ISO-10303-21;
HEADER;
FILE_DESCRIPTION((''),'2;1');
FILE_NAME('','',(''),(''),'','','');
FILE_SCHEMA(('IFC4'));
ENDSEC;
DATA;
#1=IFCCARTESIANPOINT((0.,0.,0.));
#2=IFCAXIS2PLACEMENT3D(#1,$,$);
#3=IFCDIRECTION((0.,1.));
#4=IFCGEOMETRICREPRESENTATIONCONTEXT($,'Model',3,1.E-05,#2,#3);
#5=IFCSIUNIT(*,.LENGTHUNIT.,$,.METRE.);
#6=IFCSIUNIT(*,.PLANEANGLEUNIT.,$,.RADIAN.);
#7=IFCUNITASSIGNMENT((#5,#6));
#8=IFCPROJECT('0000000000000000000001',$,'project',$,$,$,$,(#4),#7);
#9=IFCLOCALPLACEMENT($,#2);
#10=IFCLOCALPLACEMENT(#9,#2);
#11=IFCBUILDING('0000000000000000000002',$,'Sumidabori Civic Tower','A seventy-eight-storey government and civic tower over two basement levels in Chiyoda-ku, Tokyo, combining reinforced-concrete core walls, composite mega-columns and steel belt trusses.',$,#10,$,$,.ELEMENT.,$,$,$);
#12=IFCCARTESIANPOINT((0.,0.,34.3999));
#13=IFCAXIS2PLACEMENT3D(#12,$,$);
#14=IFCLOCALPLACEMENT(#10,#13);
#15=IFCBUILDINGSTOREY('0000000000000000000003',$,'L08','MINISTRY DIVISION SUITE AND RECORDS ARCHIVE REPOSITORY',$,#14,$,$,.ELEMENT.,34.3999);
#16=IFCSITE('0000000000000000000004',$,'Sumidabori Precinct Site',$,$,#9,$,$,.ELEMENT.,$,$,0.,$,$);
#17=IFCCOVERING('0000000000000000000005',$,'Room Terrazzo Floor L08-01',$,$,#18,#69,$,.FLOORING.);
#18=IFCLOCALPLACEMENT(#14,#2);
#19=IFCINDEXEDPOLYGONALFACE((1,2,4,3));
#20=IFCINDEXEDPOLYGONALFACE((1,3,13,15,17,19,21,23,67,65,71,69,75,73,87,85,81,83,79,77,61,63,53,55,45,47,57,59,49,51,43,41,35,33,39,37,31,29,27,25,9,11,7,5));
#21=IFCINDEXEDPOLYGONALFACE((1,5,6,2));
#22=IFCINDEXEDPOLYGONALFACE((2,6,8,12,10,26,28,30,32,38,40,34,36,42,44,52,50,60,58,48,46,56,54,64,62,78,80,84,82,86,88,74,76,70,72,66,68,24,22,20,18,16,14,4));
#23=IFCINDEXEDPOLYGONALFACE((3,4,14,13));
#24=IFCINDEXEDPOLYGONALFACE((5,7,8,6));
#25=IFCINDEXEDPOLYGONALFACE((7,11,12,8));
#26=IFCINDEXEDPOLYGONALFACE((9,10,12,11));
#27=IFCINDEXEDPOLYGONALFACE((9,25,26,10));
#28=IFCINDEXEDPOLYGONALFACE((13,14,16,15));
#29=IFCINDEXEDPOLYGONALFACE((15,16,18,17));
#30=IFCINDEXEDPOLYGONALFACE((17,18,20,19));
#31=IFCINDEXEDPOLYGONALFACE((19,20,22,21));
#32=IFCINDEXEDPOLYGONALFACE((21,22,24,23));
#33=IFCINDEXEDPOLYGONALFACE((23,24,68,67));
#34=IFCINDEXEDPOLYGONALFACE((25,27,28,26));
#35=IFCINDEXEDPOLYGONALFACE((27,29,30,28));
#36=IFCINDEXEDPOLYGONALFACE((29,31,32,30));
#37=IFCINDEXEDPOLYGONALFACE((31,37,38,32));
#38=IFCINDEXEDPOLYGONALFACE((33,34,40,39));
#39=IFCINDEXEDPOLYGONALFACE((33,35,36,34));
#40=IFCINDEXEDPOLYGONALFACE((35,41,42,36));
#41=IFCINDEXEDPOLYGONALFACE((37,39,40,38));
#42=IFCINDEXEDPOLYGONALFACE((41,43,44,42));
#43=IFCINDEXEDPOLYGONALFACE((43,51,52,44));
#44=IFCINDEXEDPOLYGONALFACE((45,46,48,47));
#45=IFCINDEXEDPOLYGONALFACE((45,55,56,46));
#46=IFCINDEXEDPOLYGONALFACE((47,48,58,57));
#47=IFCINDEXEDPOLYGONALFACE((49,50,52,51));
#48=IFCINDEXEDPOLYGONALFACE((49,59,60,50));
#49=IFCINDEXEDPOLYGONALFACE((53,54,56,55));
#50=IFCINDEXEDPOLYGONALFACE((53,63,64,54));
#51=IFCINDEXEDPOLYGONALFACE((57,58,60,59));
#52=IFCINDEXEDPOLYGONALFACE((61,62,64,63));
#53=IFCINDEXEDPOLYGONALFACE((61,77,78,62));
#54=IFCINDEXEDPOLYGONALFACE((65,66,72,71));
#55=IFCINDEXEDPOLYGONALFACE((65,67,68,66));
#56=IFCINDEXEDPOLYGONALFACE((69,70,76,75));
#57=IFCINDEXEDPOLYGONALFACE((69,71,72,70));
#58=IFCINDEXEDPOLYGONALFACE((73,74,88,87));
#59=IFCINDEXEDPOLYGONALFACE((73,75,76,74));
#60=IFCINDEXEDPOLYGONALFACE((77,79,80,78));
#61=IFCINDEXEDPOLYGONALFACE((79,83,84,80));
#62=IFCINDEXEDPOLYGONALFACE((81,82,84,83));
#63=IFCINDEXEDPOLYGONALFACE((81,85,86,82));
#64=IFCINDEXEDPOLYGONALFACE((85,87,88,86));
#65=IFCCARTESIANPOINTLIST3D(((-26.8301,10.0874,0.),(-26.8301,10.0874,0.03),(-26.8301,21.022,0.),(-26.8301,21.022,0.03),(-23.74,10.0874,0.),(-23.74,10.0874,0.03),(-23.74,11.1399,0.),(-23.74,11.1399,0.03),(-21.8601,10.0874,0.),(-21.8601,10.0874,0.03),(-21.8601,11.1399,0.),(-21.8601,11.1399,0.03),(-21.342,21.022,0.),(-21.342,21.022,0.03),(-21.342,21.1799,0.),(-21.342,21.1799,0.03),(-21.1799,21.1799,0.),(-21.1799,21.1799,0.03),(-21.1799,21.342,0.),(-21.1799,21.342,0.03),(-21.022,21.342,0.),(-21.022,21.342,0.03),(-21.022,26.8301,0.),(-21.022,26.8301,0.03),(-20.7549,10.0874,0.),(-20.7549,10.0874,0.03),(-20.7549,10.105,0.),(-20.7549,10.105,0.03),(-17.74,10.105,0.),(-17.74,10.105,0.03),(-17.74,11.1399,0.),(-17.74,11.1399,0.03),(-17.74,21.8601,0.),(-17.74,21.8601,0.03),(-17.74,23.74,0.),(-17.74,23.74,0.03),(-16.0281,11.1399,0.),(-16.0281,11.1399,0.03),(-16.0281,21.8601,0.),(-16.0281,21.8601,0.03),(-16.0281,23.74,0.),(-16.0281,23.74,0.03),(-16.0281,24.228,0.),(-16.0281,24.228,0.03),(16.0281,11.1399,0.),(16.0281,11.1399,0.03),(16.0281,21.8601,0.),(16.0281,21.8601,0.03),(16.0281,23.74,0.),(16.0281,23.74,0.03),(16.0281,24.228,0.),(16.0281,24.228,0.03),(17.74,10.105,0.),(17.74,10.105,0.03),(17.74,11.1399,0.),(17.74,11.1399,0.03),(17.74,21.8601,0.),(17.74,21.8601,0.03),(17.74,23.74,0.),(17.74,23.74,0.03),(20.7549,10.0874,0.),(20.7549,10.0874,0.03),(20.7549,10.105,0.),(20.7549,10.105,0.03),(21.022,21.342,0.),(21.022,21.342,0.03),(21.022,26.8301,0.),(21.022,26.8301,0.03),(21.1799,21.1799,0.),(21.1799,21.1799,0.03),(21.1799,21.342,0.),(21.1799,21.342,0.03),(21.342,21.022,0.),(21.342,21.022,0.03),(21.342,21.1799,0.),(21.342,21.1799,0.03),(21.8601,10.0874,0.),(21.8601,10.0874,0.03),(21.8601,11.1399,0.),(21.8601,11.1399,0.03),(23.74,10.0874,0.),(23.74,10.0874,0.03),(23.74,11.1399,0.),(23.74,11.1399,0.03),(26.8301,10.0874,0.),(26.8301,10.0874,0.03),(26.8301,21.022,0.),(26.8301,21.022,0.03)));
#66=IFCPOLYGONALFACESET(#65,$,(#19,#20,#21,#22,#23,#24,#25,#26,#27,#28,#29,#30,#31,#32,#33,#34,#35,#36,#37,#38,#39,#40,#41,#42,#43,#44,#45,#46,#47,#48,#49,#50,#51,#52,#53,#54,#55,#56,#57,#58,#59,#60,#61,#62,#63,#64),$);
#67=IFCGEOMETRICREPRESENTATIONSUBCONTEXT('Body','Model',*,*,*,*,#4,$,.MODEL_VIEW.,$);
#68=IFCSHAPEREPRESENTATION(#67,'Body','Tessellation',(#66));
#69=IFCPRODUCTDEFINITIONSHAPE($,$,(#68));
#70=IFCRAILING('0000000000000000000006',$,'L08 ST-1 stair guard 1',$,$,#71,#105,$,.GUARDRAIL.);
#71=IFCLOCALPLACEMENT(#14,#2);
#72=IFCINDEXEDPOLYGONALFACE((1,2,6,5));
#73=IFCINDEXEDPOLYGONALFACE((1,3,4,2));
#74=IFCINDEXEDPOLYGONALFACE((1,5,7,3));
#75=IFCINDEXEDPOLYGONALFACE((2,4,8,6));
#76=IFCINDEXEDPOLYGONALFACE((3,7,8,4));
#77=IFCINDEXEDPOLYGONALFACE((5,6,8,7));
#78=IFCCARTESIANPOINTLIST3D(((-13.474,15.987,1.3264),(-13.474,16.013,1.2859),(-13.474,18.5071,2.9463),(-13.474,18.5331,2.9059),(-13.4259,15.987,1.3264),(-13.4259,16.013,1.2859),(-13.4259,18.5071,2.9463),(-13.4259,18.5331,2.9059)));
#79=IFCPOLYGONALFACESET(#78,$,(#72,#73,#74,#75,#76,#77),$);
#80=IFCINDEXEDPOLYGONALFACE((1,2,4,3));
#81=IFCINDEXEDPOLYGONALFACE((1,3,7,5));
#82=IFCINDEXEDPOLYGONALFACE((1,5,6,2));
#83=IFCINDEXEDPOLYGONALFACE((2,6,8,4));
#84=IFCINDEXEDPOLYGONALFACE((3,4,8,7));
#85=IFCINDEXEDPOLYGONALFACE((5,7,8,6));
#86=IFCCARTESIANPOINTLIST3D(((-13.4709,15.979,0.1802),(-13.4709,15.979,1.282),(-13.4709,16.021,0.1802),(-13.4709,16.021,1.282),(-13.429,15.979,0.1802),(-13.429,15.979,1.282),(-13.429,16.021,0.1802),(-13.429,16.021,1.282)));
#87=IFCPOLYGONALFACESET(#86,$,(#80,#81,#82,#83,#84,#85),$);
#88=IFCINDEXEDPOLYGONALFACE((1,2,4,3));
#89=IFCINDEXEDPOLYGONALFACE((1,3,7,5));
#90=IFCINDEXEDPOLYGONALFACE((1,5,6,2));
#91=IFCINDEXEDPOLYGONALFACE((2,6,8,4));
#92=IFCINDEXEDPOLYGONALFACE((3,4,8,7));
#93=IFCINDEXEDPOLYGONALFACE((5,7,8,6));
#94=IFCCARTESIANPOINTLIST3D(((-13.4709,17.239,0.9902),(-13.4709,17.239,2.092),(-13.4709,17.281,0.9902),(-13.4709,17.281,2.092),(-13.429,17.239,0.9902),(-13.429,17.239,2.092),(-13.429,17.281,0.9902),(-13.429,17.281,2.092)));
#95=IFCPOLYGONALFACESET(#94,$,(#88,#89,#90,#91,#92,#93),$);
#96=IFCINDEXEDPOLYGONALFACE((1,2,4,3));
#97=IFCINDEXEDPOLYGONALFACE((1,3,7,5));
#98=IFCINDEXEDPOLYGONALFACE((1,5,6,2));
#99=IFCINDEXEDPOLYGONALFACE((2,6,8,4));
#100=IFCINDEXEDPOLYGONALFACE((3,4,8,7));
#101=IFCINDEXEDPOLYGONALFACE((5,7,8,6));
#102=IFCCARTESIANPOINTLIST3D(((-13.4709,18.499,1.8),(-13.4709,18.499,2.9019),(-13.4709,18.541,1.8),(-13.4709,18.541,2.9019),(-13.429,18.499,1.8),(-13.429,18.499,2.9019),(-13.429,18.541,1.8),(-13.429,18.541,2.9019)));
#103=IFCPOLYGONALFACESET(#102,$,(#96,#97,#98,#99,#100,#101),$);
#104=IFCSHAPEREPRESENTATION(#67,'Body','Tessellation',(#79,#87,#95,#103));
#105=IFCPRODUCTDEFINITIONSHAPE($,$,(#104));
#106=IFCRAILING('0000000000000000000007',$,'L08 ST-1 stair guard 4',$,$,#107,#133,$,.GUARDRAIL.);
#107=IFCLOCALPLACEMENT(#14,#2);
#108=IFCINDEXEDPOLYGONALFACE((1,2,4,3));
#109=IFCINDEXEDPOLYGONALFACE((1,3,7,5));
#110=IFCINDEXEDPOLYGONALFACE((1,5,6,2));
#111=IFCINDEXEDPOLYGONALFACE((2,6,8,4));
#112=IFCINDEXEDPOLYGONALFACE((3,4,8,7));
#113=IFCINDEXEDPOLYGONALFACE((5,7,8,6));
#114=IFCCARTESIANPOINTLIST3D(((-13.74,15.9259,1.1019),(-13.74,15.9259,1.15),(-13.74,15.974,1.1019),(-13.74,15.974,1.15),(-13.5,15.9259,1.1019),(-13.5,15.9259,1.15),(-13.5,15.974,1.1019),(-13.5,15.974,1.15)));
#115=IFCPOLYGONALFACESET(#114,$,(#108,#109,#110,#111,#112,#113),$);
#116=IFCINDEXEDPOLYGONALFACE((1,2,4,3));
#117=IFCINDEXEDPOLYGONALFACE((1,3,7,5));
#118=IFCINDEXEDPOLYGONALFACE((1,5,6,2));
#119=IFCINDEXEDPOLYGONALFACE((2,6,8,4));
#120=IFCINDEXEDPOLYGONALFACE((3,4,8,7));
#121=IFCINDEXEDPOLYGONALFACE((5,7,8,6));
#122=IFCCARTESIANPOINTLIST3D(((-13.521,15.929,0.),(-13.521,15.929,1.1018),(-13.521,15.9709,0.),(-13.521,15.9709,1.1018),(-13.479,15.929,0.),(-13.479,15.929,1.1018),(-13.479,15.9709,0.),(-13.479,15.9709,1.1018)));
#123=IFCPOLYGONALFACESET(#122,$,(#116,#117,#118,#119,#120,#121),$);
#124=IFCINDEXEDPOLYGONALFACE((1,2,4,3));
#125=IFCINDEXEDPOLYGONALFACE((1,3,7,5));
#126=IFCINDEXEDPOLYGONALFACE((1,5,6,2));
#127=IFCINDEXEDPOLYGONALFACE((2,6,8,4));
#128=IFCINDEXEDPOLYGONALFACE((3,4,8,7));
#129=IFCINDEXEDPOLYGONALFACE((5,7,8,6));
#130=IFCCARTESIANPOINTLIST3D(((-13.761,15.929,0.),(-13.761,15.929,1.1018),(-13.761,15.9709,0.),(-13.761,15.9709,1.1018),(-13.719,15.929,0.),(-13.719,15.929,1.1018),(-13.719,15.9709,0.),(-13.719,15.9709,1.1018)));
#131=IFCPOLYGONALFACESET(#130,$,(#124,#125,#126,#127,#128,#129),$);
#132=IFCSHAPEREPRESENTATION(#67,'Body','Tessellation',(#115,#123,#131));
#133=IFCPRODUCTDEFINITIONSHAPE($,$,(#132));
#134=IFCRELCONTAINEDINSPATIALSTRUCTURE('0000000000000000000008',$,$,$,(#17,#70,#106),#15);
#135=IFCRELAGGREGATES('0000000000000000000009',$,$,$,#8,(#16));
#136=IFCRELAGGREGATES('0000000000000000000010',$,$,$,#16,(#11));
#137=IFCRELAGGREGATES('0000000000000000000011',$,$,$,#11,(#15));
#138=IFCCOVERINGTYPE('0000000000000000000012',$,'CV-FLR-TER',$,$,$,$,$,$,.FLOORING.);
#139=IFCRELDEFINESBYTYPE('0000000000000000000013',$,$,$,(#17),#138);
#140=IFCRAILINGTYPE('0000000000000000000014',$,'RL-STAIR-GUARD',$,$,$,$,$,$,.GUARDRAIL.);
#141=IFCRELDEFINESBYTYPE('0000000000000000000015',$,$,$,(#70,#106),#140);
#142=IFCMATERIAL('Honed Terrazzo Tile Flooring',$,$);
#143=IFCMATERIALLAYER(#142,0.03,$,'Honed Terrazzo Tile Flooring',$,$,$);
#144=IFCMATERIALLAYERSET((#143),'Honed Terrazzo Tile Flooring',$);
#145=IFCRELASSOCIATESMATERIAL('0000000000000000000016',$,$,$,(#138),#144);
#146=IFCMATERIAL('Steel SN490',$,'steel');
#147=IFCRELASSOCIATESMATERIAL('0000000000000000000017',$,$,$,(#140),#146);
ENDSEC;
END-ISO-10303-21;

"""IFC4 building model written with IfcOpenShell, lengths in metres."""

from ifc_helpers import new_model, si_unit, direction, frame, origin, origin_2d, place, context, subcontext, project, spatial, polyline, rectangle, outline, extrude, material, layer, layer_set, type_object, element, save


model = new_model("IFC4")

# Units and contexts
model_context = context("Model", 3, precision=1e-05, world=origin(), true_north=direction((0.0, 1.0)))
body_context = subcontext(model_context, "Body", "Model", "MODEL_VIEW")
ifc_project = project(units=[si_unit("LENGTHUNIT", "METRE"), si_unit("PLANEANGLEUNIT", "RADIAN")], contexts=[model_context])

# Site, building, storey
site_placement = place(None, origin())
site = spatial("IfcSite", under=ifc_project, at=site_placement, Name="Sumidabori Precinct Site", CompositionType="ELEMENT", RefElevation=0.0)
building_placement = place(site_placement, origin())
building = spatial("IfcBuilding", under=site, at=building_placement, Name="Sumidabori Civic Tower", Description="A seventy-eight-storey government and civic tower over two basement levels in Chiyoda-ku, Tokyo, combining reinforced-concrete core walls, composite mega-columns and steel belt trusses.", CompositionType="ELEMENT")
storey_placement = place(building_placement, frame((0.0, 0.0, 34.3999)))
storey = spatial("IfcBuildingStorey", under=building, at=storey_placement, Name="L08", Description="MINISTRY DIVISION SUITE AND RECORDS ARCHIVE REPOSITORY", CompositionType="ELEMENT", Elevation=34.3999)

# Shared definitions
ifc_material_1 = material(Name="Steel SN490", Category="steel")

# Covering
ifc_material_2 = material(Name="Honed Terrazzo Tile Flooring")
ifc_layer_1 = layer(ifc_material_2, 0.03, Name="Honed Terrazzo Tile Flooring")
ifc_layer_set_1 = layer_set([ifc_layer_1], Name="Honed Terrazzo Tile Flooring")
covering_type_1 = type_object("IfcCoveringType", Name="CV-FLR-TER", PredefinedType="FLOORING", material=ifc_layer_set_1)
covering_1_placement = place(storey_placement, origin())
element("IfcCovering", 1, at=covering_1_placement, inside=storey, type_object=covering_type_1, Name="Room Terrazzo Floor L08-01", PredefinedType="FLOORING", context=body_context, shape_type="SweptSolid", body=[
    extrude(outline(polyline([(-21.342, 21.1799), (-21.1799, 21.1799), (-21.1799, 21.342), (-21.022, 21.342), (-21.022, 26.8301), (21.022, 26.8301), (21.022, 21.342), (21.1799, 21.342), (21.1799, 21.1799), (21.342, 21.1799), (21.342, 21.022), (26.8301, 21.022), (26.8301, 10.0874), (23.74, 10.0874), (23.74, 11.1399), (21.8601, 11.1399), (21.8601, 10.0874), (20.7549, 10.0874), (20.7549, 10.105), (17.74, 10.105), (17.74, 11.1399), (16.0281, 11.1399), (16.0281, 21.8601), (17.74, 21.8601), (17.74, 23.74), (16.0281, 23.74), (16.0281, 24.228), (-16.0281, 24.228), (-16.0281, 23.74), (-17.74, 23.74), (-17.74, 21.8601), (-16.0281, 21.8601), (-16.0281, 11.1399), (-17.74, 11.1399), (-17.74, 10.105), (-20.7549, 10.105), (-20.7549, 10.0874), (-21.8601, 10.0874), (-21.8601, 11.1399), (-23.74, 11.1399), (-23.74, 10.0874), (-26.8301, 10.0874), (-26.8301, 21.022), (-21.342, 21.022), (-21.342, 21.1799)])), origin(), (0.0, 0.0, 1.0), 0.03),
])

# Railings
railing_type = type_object("IfcRailingType", Name="RL-STAIR-GUARD", PredefinedType="GUARDRAIL", material=ifc_material_1)
railing_1_placement = place(storey_placement, frame((-13.45, 16.0, 0.1802)))
element("IfcRailing", 2, at=railing_1_placement, inside=storey, type_object=railing_type, Name="L08 ST-1 stair guard 1", PredefinedType="GUARDRAIL", context=body_context, shape_type="SweptSolid", body=[
    extrude(rectangle(XDim=0.0481, YDim=0.0481, at=origin_2d()), frame((0.0, 0.0, 1.126), z_axis=(0.0, 0.8412, 0.540725), x_axis=(-1.0, 0.0, 0.0)), (0.0, 0.0, 1.0), 2.9958),
    extrude(rectangle(XDim=0.042, YDim=0.042, at=origin_2d()), origin(), (0.0, 0.0, 1.0), 1.1018),
    extrude(rectangle(XDim=0.042, YDim=0.042, at=origin_2d()), frame((0.0, 1.26, 0.8101)), (0.0, 0.0, 1.0), 1.1018),
    extrude(rectangle(XDim=0.042, YDim=0.042, at=origin_2d()), frame((0.0, 2.52, 1.6199)), (0.0, 0.0, 1.0), 1.1018),
])
railing_2_placement = place(storey_placement, frame((-13.5, 15.95, 0.0)))
element("IfcRailing", 3, at=railing_2_placement, inside=storey, type_object=railing_type, Name="L08 ST-1 stair guard 4", PredefinedType="GUARDRAIL", context=body_context, shape_type="SweptSolid", body=[
    extrude(rectangle(XDim=0.0481, YDim=0.0481, at=origin_2d()), frame((0.0, 0.0, 1.126), z_axis=(-1.0, 0.0, 0.0), x_axis=(0.0, -1.0, 0.0)), (0.0, 0.0, 1.0), 0.24),
    extrude(rectangle(XDim=0.042, YDim=0.042, at=origin_2d()), origin(), (0.0, 0.0, 1.0), 1.1018),
    extrude(rectangle(XDim=0.042, YDim=0.042, at=origin_2d()), frame((-0.24, 0.0, 0.0)), (0.0, 0.0, 1.0), 1.1018),
])

save(model, "model.ifc")
